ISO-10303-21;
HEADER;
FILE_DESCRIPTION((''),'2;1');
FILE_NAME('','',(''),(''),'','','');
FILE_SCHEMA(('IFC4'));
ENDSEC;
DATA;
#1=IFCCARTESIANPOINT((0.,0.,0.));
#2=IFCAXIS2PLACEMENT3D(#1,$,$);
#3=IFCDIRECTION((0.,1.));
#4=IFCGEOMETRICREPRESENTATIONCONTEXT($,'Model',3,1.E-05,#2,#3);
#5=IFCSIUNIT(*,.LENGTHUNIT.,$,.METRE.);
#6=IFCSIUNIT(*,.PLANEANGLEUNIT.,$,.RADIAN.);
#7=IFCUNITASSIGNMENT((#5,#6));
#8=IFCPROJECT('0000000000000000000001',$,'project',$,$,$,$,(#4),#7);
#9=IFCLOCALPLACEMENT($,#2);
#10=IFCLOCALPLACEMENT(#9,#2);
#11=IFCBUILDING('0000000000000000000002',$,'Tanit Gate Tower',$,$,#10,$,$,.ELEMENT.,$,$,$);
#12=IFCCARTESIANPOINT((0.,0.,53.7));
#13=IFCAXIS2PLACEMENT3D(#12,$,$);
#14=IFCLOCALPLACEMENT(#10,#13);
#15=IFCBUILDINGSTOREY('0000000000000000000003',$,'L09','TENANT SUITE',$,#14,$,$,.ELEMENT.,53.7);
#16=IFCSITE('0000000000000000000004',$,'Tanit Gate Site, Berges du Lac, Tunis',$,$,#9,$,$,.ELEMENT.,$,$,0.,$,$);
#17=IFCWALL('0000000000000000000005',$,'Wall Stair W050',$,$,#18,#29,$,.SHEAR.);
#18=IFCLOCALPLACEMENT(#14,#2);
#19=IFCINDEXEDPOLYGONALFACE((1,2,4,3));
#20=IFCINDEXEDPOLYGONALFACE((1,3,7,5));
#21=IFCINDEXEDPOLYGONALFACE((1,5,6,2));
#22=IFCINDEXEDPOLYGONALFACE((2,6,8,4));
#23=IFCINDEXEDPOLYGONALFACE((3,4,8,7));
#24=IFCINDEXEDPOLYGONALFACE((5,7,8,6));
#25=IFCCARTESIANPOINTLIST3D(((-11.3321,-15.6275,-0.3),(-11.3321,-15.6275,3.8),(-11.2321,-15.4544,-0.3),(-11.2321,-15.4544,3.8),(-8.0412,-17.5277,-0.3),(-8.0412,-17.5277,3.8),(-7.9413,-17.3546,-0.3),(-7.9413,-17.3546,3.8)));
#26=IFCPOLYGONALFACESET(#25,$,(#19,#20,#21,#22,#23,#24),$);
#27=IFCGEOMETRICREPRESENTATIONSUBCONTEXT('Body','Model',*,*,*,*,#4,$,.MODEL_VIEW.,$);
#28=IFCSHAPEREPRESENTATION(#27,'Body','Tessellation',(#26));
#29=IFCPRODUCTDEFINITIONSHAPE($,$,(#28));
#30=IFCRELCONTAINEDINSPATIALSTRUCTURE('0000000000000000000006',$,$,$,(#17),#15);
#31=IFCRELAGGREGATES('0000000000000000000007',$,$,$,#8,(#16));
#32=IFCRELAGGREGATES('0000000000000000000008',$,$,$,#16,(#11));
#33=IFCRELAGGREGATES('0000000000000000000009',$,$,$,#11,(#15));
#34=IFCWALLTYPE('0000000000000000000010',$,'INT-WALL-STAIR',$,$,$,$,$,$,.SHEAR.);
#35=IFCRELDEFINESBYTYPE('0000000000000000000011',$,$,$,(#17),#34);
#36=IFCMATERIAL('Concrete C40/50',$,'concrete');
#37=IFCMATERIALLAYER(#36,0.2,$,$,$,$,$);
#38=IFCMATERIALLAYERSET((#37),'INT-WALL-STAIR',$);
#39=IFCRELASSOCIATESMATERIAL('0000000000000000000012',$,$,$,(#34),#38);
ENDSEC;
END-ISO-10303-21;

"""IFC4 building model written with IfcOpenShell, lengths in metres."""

from ifc_helpers import new_model, si_unit, direction, frame, frame_2d, origin, place, context, subcontext, project, spatial, rectangle, extrude, material, layer, layer_set, type_object, element, save


model = new_model("IFC4")

# Units and contexts
model_context = context("Model", 3, precision=1e-05, world=origin(), true_north=direction((0.0, 1.0)))
body_context = subcontext(model_context, "Body", "Model", "MODEL_VIEW")
ifc_project = project(units=[si_unit("LENGTHUNIT", "METRE"), si_unit("PLANEANGLEUNIT", "RADIAN")], contexts=[model_context])

# Site, building, storey
site_placement = place(None, origin())
site = spatial("IfcSite", under=ifc_project, at=site_placement, Name="Tanit Gate Site, Berges du Lac, Tunis", CompositionType="ELEMENT", RefElevation=0.0)
building_placement = place(site_placement, origin())
building = spatial("IfcBuilding", under=site, at=building_placement, Name="Tanit Gate Tower", CompositionType="ELEMENT")
storey_placement = place(building_placement, frame((0.0, 0.0, 53.7)))
storey = spatial("IfcBuildingStorey", under=building, at=storey_placement, Name="L09", Description="TENANT SUITE", CompositionType="ELEMENT", Elevation=53.7)

# Wall
ifc_material_1 = material(Name="Concrete C40/50", Category="concrete")
ifc_layer_1 = layer(ifc_material_1, 0.2)
ifc_layer_set_1 = layer_set([ifc_layer_1], Name="INT-WALL-STAIR")
wall_type_1 = type_object("IfcWallType", Name="INT-WALL-STAIR", PredefinedType="SHEAR", material=ifc_layer_set_1)
wall_1_placement = place(storey_placement, frame((-11.282, -15.541, -0.3), z_axis=(0.0, 0.0, 1.0), x_axis=(0.866, -0.500043, 0.0)))
element("IfcWall", 1, at=wall_1_placement, inside=storey, type_object=wall_type_1, Name="Wall Stair W050", PredefinedType="SHEAR", context=body_context, shape_type="SweptSolid", body=[
    extrude(rectangle(XDim=3.8, YDim=0.2, at=frame_2d((1.8999, 0.0))), origin(), (0.0, 0.0, 1.0), 4.1001),
])

save(model, "model.ifc")
